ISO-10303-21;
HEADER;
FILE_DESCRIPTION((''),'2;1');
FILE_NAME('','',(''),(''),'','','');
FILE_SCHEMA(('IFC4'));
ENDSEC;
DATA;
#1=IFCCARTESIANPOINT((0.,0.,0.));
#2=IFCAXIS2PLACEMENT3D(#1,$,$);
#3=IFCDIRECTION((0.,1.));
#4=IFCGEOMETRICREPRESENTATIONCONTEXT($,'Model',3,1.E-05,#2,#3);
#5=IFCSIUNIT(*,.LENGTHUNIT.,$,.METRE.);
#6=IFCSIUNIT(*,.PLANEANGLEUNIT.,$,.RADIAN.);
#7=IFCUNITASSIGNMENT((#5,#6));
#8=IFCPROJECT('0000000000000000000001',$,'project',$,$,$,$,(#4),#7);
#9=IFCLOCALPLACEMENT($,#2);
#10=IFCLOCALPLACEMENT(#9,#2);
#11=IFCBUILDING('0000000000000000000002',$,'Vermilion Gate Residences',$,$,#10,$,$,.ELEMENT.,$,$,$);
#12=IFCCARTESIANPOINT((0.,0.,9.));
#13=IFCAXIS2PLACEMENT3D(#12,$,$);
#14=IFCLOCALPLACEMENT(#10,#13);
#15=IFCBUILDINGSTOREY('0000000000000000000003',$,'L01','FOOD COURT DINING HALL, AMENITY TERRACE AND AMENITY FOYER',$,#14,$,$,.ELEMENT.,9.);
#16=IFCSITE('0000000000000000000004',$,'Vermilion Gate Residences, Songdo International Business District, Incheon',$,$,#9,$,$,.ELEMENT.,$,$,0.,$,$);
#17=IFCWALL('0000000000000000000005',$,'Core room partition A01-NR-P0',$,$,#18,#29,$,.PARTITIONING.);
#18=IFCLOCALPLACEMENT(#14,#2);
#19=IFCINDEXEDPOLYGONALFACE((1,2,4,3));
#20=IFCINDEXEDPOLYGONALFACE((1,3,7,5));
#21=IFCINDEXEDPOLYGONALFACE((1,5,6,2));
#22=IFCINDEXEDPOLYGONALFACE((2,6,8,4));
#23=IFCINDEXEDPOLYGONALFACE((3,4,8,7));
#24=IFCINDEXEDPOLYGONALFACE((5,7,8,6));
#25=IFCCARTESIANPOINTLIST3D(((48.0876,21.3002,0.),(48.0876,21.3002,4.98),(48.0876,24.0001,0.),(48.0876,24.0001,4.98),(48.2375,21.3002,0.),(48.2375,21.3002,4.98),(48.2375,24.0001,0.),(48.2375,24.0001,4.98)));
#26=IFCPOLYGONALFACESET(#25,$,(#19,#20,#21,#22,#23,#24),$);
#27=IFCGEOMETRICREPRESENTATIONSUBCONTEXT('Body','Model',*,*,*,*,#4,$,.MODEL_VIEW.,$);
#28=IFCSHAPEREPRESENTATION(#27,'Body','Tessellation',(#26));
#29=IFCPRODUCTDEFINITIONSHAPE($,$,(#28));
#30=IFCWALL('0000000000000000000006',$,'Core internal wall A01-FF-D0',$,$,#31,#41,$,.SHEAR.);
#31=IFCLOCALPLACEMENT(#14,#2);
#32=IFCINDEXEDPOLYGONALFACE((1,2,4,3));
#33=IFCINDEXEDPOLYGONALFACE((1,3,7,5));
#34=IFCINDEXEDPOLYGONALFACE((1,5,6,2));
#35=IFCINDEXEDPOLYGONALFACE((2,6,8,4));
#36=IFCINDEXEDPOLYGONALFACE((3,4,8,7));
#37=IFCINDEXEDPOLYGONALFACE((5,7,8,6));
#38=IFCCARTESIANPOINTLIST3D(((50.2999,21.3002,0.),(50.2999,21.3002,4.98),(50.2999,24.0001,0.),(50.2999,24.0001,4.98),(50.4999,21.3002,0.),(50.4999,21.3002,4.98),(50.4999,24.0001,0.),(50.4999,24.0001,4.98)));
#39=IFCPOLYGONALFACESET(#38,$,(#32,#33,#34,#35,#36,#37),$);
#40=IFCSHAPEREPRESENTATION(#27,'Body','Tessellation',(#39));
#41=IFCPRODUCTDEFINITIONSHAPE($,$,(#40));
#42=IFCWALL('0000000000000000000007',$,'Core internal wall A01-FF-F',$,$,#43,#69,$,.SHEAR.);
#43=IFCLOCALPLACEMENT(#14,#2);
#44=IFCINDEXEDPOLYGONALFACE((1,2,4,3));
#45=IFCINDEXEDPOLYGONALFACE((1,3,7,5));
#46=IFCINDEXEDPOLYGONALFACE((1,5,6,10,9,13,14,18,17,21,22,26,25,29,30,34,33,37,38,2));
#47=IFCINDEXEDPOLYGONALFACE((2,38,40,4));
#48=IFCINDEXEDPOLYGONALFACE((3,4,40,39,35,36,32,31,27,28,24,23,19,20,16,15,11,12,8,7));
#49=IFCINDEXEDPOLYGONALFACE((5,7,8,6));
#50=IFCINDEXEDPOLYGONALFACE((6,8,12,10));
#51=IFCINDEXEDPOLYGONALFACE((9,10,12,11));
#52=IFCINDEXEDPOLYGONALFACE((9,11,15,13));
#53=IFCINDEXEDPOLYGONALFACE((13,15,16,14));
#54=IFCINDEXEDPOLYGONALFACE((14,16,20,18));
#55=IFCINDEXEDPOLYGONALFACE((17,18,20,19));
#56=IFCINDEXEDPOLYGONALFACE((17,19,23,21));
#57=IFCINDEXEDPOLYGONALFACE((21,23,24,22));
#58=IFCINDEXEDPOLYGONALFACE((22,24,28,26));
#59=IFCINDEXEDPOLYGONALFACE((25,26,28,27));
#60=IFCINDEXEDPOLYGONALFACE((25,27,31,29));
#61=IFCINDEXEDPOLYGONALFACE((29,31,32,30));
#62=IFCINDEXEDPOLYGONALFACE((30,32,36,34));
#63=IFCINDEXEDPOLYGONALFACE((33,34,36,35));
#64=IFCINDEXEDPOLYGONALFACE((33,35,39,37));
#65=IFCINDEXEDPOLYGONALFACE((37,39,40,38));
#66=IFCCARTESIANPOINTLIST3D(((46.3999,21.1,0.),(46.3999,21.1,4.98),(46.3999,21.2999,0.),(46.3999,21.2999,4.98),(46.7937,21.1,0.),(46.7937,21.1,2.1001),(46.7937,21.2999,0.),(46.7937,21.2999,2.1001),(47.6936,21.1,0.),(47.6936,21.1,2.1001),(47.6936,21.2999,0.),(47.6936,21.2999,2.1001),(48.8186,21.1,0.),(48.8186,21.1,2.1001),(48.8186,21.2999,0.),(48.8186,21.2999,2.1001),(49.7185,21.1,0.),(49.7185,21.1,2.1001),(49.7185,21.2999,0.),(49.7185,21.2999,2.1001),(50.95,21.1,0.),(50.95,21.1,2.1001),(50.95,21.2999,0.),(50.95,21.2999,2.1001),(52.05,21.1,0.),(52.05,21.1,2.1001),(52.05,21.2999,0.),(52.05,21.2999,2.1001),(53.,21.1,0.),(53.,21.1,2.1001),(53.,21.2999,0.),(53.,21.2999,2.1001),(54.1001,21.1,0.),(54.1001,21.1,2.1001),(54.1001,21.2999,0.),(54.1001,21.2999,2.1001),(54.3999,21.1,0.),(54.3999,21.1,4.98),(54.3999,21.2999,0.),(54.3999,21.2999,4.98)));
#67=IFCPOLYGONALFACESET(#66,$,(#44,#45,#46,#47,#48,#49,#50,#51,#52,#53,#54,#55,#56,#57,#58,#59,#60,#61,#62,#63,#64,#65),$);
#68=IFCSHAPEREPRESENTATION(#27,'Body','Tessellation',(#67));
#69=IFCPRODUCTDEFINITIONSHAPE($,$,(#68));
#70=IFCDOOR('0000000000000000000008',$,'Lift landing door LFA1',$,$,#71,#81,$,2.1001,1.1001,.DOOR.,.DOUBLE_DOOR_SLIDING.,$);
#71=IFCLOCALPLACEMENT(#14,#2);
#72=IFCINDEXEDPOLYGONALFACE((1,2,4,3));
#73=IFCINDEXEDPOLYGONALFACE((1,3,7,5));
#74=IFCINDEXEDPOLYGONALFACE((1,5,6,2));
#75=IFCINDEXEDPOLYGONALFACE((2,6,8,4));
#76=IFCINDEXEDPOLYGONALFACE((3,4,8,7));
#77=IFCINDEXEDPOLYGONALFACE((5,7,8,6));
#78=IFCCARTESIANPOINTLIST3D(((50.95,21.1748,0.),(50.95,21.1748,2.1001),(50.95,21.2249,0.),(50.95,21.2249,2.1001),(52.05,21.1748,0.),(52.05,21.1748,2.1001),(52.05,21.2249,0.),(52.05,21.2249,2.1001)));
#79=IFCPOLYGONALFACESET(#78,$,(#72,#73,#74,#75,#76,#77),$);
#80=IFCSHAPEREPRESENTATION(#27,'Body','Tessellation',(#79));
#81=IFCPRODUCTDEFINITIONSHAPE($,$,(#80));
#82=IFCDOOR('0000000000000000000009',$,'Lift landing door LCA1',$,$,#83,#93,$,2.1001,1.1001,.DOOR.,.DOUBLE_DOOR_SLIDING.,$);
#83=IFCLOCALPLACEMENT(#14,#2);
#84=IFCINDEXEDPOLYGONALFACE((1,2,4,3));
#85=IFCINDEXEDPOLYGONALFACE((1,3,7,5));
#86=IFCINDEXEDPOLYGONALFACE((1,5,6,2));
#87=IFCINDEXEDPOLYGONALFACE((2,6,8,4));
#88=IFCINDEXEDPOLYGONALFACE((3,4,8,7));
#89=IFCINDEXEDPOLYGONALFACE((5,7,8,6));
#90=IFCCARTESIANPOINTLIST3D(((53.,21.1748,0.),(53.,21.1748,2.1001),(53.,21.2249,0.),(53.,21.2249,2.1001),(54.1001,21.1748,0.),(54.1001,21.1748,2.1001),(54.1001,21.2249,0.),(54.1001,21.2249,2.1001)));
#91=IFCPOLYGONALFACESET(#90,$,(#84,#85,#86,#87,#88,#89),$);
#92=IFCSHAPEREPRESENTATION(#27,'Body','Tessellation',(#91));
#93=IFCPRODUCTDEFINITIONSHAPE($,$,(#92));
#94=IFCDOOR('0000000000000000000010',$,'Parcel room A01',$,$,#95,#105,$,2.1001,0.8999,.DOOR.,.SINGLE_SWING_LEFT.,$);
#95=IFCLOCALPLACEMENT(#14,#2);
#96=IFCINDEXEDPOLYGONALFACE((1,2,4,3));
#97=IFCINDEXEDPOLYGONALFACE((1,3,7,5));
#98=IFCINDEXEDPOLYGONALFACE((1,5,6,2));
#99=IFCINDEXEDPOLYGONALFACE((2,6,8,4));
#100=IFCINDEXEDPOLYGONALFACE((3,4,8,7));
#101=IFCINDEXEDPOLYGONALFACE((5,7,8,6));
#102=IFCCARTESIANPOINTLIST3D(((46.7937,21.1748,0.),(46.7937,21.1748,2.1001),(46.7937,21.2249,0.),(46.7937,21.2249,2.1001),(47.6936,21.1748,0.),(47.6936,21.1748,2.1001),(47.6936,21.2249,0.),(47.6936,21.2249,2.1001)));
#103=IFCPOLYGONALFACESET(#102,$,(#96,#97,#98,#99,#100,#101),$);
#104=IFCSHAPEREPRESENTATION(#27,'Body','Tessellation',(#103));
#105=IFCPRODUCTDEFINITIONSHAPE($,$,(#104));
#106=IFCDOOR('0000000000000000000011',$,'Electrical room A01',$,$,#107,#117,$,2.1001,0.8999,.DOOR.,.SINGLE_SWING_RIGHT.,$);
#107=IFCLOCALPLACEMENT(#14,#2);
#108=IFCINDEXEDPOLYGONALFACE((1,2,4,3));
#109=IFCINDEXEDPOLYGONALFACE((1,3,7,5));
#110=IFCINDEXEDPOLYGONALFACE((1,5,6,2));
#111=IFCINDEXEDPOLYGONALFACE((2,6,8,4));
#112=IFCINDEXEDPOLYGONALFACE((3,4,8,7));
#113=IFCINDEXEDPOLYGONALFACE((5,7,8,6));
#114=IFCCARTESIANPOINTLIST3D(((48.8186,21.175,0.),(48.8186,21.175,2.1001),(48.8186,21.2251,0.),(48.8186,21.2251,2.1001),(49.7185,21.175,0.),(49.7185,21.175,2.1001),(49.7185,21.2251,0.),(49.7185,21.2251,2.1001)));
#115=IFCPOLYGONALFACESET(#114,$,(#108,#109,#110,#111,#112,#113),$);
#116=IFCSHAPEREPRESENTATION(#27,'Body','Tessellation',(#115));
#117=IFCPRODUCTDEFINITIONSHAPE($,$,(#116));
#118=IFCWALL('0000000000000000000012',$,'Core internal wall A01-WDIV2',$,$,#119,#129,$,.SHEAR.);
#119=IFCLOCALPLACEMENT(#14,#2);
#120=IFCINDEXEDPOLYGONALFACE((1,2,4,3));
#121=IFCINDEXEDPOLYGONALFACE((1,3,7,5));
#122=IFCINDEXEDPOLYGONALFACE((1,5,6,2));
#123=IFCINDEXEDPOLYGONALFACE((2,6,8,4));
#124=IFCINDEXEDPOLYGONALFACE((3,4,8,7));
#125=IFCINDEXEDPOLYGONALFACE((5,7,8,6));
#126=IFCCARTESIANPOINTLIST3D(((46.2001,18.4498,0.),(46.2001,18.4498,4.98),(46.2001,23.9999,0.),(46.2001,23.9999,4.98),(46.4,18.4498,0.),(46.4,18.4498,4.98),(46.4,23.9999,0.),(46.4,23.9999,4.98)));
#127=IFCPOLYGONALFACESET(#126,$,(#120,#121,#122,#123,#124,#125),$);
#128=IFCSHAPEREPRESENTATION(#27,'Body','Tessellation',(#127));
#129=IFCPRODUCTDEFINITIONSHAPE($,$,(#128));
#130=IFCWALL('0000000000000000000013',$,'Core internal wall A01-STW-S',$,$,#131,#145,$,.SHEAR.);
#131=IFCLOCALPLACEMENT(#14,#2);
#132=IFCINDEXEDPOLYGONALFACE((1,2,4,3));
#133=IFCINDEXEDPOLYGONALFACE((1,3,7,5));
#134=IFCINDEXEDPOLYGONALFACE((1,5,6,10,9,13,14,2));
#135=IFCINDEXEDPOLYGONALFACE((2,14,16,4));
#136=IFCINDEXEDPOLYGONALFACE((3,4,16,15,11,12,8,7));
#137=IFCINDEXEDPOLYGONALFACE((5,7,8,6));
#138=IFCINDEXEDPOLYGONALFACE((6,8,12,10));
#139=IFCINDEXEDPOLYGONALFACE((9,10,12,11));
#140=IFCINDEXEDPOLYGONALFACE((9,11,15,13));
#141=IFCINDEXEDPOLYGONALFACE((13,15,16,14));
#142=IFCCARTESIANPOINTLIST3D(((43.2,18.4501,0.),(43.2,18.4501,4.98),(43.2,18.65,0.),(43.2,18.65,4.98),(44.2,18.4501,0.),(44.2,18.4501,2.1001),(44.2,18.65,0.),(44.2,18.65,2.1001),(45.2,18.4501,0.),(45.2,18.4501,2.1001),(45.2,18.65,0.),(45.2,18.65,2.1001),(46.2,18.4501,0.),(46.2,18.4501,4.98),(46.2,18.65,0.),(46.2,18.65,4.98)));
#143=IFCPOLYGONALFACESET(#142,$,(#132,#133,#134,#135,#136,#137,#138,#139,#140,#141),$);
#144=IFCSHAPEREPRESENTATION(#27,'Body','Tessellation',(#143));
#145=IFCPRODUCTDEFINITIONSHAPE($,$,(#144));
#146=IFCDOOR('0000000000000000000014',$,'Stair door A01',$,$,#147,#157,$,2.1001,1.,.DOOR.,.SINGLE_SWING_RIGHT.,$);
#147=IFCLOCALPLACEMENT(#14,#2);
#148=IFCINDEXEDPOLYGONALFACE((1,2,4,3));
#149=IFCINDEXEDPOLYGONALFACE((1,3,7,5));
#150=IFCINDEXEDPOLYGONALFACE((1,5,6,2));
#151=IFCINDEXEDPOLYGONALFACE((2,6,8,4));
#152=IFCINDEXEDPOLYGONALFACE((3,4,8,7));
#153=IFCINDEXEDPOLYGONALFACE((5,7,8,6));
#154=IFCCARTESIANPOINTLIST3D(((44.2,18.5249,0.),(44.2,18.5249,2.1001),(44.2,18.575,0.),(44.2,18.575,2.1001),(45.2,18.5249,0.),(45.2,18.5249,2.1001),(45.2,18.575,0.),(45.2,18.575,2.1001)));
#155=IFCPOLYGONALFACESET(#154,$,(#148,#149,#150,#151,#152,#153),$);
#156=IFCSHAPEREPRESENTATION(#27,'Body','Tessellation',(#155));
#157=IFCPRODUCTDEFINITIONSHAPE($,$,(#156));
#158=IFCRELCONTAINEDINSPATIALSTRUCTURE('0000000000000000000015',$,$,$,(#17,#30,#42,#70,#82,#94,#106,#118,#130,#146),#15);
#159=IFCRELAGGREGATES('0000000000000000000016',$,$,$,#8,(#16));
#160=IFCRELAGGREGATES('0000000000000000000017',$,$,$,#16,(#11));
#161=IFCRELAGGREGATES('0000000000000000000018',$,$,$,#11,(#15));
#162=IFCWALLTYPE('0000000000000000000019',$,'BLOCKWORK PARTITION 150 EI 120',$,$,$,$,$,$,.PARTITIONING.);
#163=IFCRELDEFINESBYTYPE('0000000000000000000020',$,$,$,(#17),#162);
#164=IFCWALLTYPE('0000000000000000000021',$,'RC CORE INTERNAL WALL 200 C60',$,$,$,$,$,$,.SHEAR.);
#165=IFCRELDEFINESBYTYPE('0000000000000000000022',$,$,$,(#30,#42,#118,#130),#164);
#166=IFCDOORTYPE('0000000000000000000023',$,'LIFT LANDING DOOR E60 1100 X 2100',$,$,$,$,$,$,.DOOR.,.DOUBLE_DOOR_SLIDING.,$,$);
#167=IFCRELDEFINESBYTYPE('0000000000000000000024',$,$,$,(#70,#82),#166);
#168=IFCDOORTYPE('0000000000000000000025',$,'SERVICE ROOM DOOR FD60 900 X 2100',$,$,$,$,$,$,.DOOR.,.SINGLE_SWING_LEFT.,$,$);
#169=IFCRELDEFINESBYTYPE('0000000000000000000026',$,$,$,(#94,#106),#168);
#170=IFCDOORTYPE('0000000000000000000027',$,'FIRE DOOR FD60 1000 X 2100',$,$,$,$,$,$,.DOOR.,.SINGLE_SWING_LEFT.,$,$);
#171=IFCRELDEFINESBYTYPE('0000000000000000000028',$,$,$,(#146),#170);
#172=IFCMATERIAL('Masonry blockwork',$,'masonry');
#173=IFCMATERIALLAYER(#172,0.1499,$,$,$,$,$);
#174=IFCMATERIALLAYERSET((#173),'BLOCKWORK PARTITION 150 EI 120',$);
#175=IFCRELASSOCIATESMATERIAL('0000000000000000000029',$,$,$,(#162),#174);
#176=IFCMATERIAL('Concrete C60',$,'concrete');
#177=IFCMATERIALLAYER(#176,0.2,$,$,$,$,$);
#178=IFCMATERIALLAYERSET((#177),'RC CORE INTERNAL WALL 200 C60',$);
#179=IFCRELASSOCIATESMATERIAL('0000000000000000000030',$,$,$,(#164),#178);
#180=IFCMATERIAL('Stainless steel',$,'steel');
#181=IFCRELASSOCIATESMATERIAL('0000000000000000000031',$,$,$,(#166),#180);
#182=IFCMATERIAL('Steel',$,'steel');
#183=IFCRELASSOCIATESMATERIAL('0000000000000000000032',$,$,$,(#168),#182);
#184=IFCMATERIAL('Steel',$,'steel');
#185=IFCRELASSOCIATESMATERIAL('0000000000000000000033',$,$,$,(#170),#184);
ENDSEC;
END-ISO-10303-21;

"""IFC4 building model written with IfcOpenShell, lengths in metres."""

from ifc_helpers import new_model, si_unit, direction, frame, frame_2d, origin, place, context, subcontext, project, spatial, rectangle, extrude, material, layer, layer_set, type_object, element, fill, save


model = new_model("IFC4")

# Units and contexts
model_context = context("Model", 3, precision=1e-05, world=origin(), true_north=direction((0.0, 1.0)))
body_context = subcontext(model_context, "Body", "Model", "MODEL_VIEW")
ifc_project = project(units=[si_unit("LENGTHUNIT", "METRE"), si_unit("PLANEANGLEUNIT", "RADIAN")], contexts=[model_context])

# Site, building, storey
site_placement = place(None, origin())
site = spatial("IfcSite", under=ifc_project, at=site_placement, Name="Vermilion Gate Residences, Songdo International Business District, Incheon", CompositionType="ELEMENT", RefElevation=0.0)
building_placement = place(site_placement, origin())
building = spatial("IfcBuilding", under=site, at=building_placement, Name="Vermilion Gate Residences", CompositionType="ELEMENT")
storey_placement = place(building_placement, frame((0.0, 0.0, 9.0)))
storey = spatial("IfcBuildingStorey", under=building, at=storey_placement, Name="L01", Description="FOOD COURT DINING HALL, AMENITY TERRACE AND AMENITY FOYER", CompositionType="ELEMENT", Elevation=9.0)

# Walls
ifc_material_1 = material(Name="Masonry blockwork", Category="masonry")
ifc_layer_1 = layer(ifc_material_1, 0.1499)
ifc_layer_set_1 = layer_set([ifc_layer_1], Name="BLOCKWORK PARTITION 150 EI 120")
wall_type_1 = type_object("IfcWallType", Name="BLOCKWORK PARTITION 150 EI 120", PredefinedType="PARTITIONING", material=ifc_layer_set_1)
wall_1_placement = place(storey_placement, frame((48.1626, 21.3, 0.0), z_axis=(0.0, 0.0, 1.0), x_axis=(0.0, 1.0, 0.0)))
element("IfcWall", 1, at=wall_1_placement, inside=storey, type_object=wall_type_1, Name="Core room partition A01-NR-P0", PredefinedType="PARTITIONING", context=body_context, shape_type="SweptSolid", body=[
    extrude(rectangle(XDim=2.7, YDim=0.1499, at=frame_2d((1.3501, 0.0))), origin(), (0.0, 0.0, 1.0), 4.98),
])
ifc_material_2 = material(Name="Concrete C60", Category="concrete")
ifc_layer_2 = layer(ifc_material_2, 0.2)
ifc_layer_set_2 = layer_set([ifc_layer_2], Name="RC CORE INTERNAL WALL 200 C60")
wall_type_2 = type_object("IfcWallType", Name="RC CORE INTERNAL WALL 200 C60", PredefinedType="SHEAR", material=ifc_layer_set_2)
wall_2_placement = place(storey_placement, frame((50.3999, 21.3, 0.0), z_axis=(0.0, 0.0, 1.0), x_axis=(0.0, 1.0, 0.0)))
element("IfcWall", 2, at=wall_2_placement, inside=storey, type_object=wall_type_2, Name="Core internal wall A01-FF-D0", PredefinedType="SHEAR", context=body_context, shape_type="SweptSolid", body=[
    extrude(rectangle(XDim=2.7, YDim=0.2, at=frame_2d((1.3501, 0.0))), origin(), (0.0, 0.0, 1.0), 4.98),
])

# Wall, openings, doors
wall_3_placement = place(storey_placement, frame((46.3999, 21.2, 0.0), z_axis=(0.0, 0.0, 1.0), x_axis=(1.0, 0.0, 0.0)))
wall_3 = element("IfcWall", 3, at=wall_3_placement, inside=storey, type_object=wall_type_2, Name="Core internal wall A01-FF-F", PredefinedType="SHEAR", context=body_context, shape_type="SweptSolid", body=[
    extrude(rectangle(XDim=8.0, YDim=0.2, at=frame_2d((4.0, 0.0))), origin(), (0.0, 0.0, 1.0), 4.98),
])
opening_1_placement = place(wall_3_placement, frame((0.3938, 0.0, 0.0)))
opening_1 = element("IfcOpeningElement", 4, at=opening_1_placement, cuts=wall_3, PredefinedType="OPENING", context=body_context, shape_type="SweptSolid", body=[
    extrude(rectangle(XDim=0.8999, YDim=2.1001, at=frame_2d((0.45, 1.05))), frame((0.0, 0.1099, 0.0), z_axis=(0.0, -1.0, 0.0), x_axis=(1.0, 0.0, 0.0)), (0.0, 0.0, 1.0), 0.22),
])
opening_2_placement = place(wall_3_placement, frame((2.4187, 0.0, 0.0)))
opening_2 = element("IfcOpeningElement", 5, at=opening_2_placement, cuts=wall_3, PredefinedType="OPENING", context=body_context, shape_type="SweptSolid", body=[
    extrude(rectangle(XDim=0.8999, YDim=2.1001, at=frame_2d((0.45, 1.05))), frame((0.0, 0.1099, 0.0), z_axis=(0.0, -1.0, 0.0), x_axis=(1.0, 0.0, 0.0)), (0.0, 0.0, 1.0), 0.22),
])
opening_3_placement = place(wall_3_placement, frame((4.55, 0.0, 0.0)))
opening_3 = element("IfcOpeningElement", 6, at=opening_3_placement, cuts=wall_3, PredefinedType="OPENING", context=body_context, shape_type="SweptSolid", body=[
    extrude(rectangle(XDim=1.1001, YDim=2.1001, at=frame_2d((0.55, 1.05))), frame((0.0, 0.1099, 0.0), z_axis=(0.0, -1.0, 0.0), x_axis=(1.0, 0.0, 0.0)), (0.0, 0.0, 1.0), 0.22),
])
opening_4_placement = place(wall_3_placement, frame((6.6001, 0.0, 0.0)))
opening_4 = element("IfcOpeningElement", 7, at=opening_4_placement, cuts=wall_3, PredefinedType="OPENING", context=body_context, shape_type="SweptSolid", body=[
    extrude(rectangle(XDim=1.1001, YDim=2.1001, at=frame_2d((0.55, 1.05))), frame((0.0, 0.1099, 0.0), z_axis=(0.0, -1.0, 0.0), x_axis=(1.0, 0.0, 0.0)), (0.0, 0.0, 1.0), 0.22),
])
ifc_material_3 = material(Name="Stainless steel", Category="steel")
door_type_1 = type_object("IfcDoorType", Name="LIFT LANDING DOOR E60 1100 X 2100", OperationType="DOUBLE_DOOR_SLIDING", PredefinedType="DOOR", material=ifc_material_3)
door_1_placement = place(opening_3_placement, origin())
door_1 = element("IfcDoor", 8, at=door_1_placement, inside=storey, type_object=door_type_1, Name="Lift landing door LFA1", OperationType="DOUBLE_DOOR_SLIDING", OverallHeight=2.1001, OverallWidth=1.1001, PredefinedType="DOOR", context=body_context, shape_type="SweptSolid", body=[
    extrude(rectangle(XDim=1.1001, YDim=2.1001, at=frame_2d((0.55, 1.05))), frame((0.0, 0.0249, 0.0), z_axis=(0.0, -1.0, 0.0), x_axis=(1.0, 0.0, 0.0)), (0.0, 0.0, 1.0), 0.05),
])
fill(opening_3, door_1)
door_2_placement = place(opening_4_placement, origin())
door_2 = element("IfcDoor", 9, at=door_2_placement, inside=storey, type_object=door_type_1, Name="Lift landing door LCA1", OperationType="DOUBLE_DOOR_SLIDING", OverallHeight=2.1001, OverallWidth=1.1001, PredefinedType="DOOR", context=body_context, shape_type="SweptSolid", body=[
    extrude(rectangle(XDim=1.1001, YDim=2.1001, at=frame_2d((0.55, 1.05))), frame((0.0, 0.0249, 0.0), z_axis=(0.0, -1.0, 0.0), x_axis=(1.0, 0.0, 0.0)), (0.0, 0.0, 1.0), 0.05),
])
fill(opening_4, door_2)
ifc_material_4 = material(Name="Steel", Category="steel")
door_type_2 = type_object("IfcDoorType", Name="SERVICE ROOM DOOR FD60 900 X 2100", OperationType="SINGLE_SWING_LEFT", PredefinedType="DOOR", material=ifc_material_4)
door_3_placement = place(opening_1_placement, origin())
door_3 = element("IfcDoor", 10, at=door_3_placement, inside=storey, type_object=door_type_2, Name="Parcel room A01", OperationType="SINGLE_SWING_LEFT", OverallHeight=2.1001, OverallWidth=0.8999, PredefinedType="DOOR", context=body_context, shape_type="SweptSolid", body=[
    extrude(rectangle(XDim=0.8999, YDim=2.1001, at=frame_2d((0.45, 1.05))), frame((0.0, 0.0249, 0.0), z_axis=(0.0, -1.0, 0.0), x_axis=(1.0, 0.0, 0.0)), (0.0, 0.0, 1.0), 0.05),
])
fill(opening_1, door_3)
door_4_placement = place(opening_2_placement, frame((0.8999, 0.0, 0.0), z_axis=(0.0, 0.0, 1.0), x_axis=(-1.0, 0.0, 0.0)))
door_4 = element("IfcDoor", 11, at=door_4_placement, inside=storey, type_object=door_type_2, Name="Electrical room A01", OperationType="SINGLE_SWING_RIGHT", OverallHeight=2.1001, OverallWidth=0.8999, PredefinedType="DOOR", context=body_context, shape_type="SweptSolid", body=[
    extrude(rectangle(XDim=0.8999, YDim=2.1001, at=frame_2d((0.45, 1.05))), frame((0.0, 0.0249, 0.0), z_axis=(0.0, -1.0, 0.0), x_axis=(1.0, 0.0, 0.0)), (0.0, 0.0, 1.0), 0.05),
])
fill(opening_2, door_4)

# Wall
wall_4_placement = place(storey_placement, frame((46.3, 18.45, 0.0), z_axis=(0.0, 0.0, 1.0), x_axis=(0.0, 1.0, 0.0)))
element("IfcWall", 12, at=wall_4_placement, inside=storey, type_object=wall_type_2, Name="Core internal wall A01-WDIV2", PredefinedType="SHEAR", context=body_context, shape_type="SweptSolid", body=[
    extrude(rectangle(XDim=5.55, YDim=0.2, at=frame_2d((2.7749, 0.0))), origin(), (0.0, 0.0, 1.0), 4.98),
])

# Wall, opening, door
wall_5_placement = place(storey_placement, frame((43.2, 18.55, 0.0), z_axis=(0.0, 0.0, 1.0), x_axis=(1.0, 0.0, 0.0)))
wall_5 = element("IfcWall", 13, at=wall_5_placement, inside=storey, type_object=wall_type_2, Name="Core internal wall A01-STW-S", PredefinedType="SHEAR", context=body_context, shape_type="SweptSolid", body=[
    extrude(rectangle(XDim=3.0, YDim=0.2, at=frame_2d((1.5, 0.0))), origin(), (0.0, 0.0, 1.0), 4.98),
])
opening_5_placement = place(wall_5_placement, frame((1.0, 0.0, 0.0)))
opening_5 = element("IfcOpeningElement", 14, at=opening_5_placement, cuts=wall_5, PredefinedType="OPENING", context=body_context, shape_type="SweptSolid", body=[
    extrude(rectangle(XDim=1.0, YDim=2.1001, at=frame_2d((0.5, 1.05))), frame((0.0, 0.1099, 0.0), z_axis=(0.0, -1.0, 0.0), x_axis=(1.0, 0.0, 0.0)), (0.0, 0.0, 1.0), 0.22),
])
ifc_material_5 = material(Name="Steel", Category="steel")
door_type_3 = type_object("IfcDoorType", Name="FIRE DOOR FD60 1000 X 2100", OperationType="SINGLE_SWING_LEFT", PredefinedType="DOOR", material=ifc_material_5)
door_5_placement = place(opening_5_placement, origin())
door_5 = element("IfcDoor", 15, at=door_5_placement, inside=storey, type_object=door_type_3, Name="Stair door A01", OperationType="SINGLE_SWING_RIGHT", OverallHeight=2.1001, OverallWidth=1.0, PredefinedType="DOOR", context=body_context, shape_type="SweptSolid", body=[
    extrude(rectangle(XDim=1.0, YDim=2.1001, at=frame_2d((0.5, 1.05))), frame((0.0, 0.0249, 0.0), z_axis=(0.0, -1.0, 0.0), x_axis=(1.0, 0.0, 0.0)), (0.0, 0.0, 1.0), 0.05),
])
fill(opening_5, door_5)

save(model, "model.ifc")
